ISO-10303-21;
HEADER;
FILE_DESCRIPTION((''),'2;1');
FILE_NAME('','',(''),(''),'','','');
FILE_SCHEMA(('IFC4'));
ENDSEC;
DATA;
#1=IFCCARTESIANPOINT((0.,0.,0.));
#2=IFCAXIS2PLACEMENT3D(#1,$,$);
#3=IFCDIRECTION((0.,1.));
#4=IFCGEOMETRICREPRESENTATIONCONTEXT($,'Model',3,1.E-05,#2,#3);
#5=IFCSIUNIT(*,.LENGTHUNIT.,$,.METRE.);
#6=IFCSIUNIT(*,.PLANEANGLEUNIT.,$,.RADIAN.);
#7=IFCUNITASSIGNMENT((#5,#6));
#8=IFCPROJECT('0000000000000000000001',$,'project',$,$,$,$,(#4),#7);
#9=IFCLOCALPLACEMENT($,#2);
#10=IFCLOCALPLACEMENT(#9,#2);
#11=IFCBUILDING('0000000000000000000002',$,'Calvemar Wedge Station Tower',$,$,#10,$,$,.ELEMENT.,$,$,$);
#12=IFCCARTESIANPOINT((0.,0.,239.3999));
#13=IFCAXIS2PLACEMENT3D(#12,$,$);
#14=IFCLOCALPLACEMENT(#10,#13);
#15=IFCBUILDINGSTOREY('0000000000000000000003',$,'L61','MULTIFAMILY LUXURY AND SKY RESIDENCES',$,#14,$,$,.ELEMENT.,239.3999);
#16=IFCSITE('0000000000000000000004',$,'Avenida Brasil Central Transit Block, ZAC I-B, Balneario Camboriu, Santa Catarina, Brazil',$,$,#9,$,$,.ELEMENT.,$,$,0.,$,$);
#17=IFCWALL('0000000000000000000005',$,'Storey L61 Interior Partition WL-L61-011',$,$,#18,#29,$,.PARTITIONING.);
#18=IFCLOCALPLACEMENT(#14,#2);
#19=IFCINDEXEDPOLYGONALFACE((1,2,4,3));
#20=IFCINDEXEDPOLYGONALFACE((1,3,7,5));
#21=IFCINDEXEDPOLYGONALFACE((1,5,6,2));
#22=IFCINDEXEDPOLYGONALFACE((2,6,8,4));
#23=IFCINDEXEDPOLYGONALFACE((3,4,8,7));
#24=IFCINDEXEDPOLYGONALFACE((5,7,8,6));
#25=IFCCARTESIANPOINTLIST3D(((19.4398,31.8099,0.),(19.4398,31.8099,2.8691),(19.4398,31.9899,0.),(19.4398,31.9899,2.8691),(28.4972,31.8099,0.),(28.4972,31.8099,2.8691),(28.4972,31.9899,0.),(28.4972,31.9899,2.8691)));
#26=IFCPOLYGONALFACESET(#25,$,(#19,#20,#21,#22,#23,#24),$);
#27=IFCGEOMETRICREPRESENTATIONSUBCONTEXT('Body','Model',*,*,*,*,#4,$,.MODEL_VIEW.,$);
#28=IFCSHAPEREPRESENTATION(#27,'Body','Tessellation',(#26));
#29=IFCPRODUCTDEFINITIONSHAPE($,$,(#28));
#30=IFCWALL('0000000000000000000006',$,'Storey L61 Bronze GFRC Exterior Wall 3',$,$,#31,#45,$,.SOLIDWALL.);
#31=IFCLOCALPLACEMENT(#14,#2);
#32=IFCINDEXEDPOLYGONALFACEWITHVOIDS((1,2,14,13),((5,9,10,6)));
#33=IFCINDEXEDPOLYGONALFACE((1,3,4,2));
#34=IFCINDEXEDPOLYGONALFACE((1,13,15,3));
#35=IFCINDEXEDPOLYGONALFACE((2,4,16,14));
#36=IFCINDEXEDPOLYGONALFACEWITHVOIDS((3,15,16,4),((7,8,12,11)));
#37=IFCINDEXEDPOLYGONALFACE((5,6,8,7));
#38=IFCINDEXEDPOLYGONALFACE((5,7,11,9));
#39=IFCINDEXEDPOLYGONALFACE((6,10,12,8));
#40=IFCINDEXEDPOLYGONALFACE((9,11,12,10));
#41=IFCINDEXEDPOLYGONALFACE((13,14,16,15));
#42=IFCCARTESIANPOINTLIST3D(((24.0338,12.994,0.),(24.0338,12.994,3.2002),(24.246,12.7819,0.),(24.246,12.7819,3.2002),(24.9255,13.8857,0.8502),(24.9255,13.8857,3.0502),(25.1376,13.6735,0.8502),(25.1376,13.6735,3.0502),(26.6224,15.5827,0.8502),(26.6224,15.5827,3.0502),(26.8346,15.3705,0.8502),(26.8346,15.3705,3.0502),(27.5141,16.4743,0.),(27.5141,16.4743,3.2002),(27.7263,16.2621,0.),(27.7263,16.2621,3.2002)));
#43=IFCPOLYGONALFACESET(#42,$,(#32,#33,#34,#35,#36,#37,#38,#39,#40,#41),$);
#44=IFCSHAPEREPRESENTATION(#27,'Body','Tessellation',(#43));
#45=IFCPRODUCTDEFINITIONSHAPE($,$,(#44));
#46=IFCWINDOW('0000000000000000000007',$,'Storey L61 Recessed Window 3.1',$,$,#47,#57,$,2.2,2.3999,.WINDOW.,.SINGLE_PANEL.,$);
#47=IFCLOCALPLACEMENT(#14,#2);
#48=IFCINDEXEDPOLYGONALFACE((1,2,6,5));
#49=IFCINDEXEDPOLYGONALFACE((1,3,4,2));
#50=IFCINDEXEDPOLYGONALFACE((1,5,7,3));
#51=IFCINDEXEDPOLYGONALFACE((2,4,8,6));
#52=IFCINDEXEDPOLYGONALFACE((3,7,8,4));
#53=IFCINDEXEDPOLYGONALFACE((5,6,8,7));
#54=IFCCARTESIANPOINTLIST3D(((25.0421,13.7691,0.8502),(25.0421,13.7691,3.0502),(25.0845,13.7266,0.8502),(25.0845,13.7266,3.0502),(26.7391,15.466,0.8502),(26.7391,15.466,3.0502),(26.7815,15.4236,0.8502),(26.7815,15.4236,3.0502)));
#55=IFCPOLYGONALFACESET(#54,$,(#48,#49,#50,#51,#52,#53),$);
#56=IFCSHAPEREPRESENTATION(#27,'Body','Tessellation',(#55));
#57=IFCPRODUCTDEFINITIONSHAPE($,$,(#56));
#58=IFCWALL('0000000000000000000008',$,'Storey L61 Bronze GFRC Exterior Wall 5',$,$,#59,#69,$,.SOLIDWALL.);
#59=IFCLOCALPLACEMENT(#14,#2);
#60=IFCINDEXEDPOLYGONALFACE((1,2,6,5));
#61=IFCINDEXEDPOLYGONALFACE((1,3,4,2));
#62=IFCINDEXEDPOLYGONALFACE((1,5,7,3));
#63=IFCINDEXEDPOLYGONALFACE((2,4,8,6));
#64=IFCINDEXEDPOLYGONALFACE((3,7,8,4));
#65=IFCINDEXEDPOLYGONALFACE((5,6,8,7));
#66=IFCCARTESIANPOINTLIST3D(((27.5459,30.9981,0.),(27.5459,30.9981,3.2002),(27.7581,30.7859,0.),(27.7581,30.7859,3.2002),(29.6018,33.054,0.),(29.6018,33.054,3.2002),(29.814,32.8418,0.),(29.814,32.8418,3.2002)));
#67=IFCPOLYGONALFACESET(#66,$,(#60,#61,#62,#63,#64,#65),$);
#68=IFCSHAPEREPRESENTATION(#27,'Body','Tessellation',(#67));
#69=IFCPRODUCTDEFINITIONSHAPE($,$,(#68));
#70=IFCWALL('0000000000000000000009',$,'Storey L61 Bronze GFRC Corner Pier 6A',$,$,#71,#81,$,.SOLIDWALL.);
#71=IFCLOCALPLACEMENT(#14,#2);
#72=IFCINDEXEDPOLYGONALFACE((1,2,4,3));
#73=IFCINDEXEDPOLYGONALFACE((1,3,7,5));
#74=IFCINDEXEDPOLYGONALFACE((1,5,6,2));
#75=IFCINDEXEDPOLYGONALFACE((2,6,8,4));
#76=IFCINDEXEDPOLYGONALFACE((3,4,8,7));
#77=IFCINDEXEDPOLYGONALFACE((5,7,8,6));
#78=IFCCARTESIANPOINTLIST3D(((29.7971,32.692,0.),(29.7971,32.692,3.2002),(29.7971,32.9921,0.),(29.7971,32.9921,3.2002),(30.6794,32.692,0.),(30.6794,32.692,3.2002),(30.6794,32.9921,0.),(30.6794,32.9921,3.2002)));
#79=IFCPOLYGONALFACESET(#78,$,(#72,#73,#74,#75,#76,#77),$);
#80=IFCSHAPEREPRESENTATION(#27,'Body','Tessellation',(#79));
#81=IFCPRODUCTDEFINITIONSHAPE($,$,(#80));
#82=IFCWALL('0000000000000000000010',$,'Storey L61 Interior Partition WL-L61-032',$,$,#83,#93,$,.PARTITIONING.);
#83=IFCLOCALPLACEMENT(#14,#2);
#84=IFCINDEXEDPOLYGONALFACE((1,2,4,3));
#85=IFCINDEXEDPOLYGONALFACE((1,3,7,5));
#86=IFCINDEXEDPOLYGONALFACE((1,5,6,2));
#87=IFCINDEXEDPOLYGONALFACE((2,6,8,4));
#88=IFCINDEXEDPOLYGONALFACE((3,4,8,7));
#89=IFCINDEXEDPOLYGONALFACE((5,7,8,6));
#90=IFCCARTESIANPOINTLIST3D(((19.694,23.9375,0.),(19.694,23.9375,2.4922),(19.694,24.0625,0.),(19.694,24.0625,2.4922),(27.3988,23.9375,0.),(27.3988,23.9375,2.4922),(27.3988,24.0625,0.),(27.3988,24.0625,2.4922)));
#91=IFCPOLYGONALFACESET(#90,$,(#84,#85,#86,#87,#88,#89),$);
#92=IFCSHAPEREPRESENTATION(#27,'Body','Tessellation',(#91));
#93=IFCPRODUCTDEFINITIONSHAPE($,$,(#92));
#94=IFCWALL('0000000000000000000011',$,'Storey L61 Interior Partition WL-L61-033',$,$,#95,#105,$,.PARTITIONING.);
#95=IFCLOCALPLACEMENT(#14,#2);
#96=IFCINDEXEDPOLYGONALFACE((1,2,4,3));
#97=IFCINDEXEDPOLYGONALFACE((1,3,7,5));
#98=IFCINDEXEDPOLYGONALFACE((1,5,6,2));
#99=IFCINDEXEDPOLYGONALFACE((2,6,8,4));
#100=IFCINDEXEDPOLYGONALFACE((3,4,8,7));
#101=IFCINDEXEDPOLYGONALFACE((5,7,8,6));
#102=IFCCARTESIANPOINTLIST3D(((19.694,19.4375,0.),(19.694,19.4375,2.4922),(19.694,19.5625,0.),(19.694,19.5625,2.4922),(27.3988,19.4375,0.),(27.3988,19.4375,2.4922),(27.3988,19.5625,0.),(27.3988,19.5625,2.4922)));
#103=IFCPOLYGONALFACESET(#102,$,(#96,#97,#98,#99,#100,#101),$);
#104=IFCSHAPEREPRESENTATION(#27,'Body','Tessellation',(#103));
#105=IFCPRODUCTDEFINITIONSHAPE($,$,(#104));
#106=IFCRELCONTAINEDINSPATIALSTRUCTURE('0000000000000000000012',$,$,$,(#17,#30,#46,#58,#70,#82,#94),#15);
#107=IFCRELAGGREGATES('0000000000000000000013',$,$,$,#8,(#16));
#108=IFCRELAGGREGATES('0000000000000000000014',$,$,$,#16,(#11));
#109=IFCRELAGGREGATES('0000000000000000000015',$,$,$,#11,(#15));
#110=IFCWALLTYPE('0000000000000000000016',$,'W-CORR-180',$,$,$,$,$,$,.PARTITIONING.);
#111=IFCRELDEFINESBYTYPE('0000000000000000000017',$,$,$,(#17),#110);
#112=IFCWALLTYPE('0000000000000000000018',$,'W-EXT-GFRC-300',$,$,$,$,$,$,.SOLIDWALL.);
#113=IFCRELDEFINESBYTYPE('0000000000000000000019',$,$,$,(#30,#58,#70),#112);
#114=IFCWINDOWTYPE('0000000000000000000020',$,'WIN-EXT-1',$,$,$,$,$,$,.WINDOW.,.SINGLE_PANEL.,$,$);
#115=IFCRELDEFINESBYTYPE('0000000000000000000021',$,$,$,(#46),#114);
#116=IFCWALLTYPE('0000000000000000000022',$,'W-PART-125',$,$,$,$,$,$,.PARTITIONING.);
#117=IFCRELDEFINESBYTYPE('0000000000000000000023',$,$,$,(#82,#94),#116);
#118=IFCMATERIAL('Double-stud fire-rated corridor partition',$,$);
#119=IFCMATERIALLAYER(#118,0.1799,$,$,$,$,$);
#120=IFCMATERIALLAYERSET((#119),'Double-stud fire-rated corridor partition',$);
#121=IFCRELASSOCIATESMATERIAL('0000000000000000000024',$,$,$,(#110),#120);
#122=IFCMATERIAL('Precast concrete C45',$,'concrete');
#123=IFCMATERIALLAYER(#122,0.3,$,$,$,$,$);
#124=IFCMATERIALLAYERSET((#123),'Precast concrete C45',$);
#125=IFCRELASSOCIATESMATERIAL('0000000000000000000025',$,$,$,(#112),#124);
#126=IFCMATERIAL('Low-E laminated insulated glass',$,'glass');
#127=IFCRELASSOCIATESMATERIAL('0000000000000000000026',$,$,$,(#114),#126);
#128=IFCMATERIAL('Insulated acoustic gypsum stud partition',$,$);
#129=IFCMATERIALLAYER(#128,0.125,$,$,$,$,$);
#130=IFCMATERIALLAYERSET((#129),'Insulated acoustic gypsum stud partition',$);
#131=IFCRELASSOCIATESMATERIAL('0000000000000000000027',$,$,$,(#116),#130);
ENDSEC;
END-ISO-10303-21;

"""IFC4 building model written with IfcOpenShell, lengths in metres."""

from ifc_helpers import new_model, si_unit, direction, frame, frame_2d, origin, place, context, subcontext, project, spatial, rectangle, extrude, source, transform, mapped, material, layer, layer_set, type_object, element, fill, save


model = new_model("IFC4")

# Units and contexts
model_context = context("Model", 3, precision=1e-05, world=origin(), true_north=direction((0.0, 1.0)))
body_context = subcontext(model_context, "Body", "Model", "MODEL_VIEW")
ifc_project = project(units=[si_unit("LENGTHUNIT", "METRE"), si_unit("PLANEANGLEUNIT", "RADIAN")], contexts=[model_context])

# Site, building, storey
site_placement = place(None, origin())
site = spatial("IfcSite", under=ifc_project, at=site_placement, Name="Avenida Brasil Central Transit Block, ZAC I-B, Balneario Camboriu, Santa Catarina, Brazil", CompositionType="ELEMENT", RefElevation=0.0)
building_placement = place(site_placement, origin())
building = spatial("IfcBuilding", under=site, at=building_placement, Name="Calvemar Wedge Station Tower", CompositionType="ELEMENT")
storey_placement = place(building_placement, frame((0.0, 0.0, 239.3999)))
storey = spatial("IfcBuildingStorey", under=building, at=storey_placement, Name="L61", Description="MULTIFAMILY LUXURY AND SKY RESIDENCES", CompositionType="ELEMENT", Elevation=239.3999)

# Wall
ifc_material_1 = material(Name="Double-stud fire-rated corridor partition")
ifc_layer_1 = layer(ifc_material_1, 0.1799)
ifc_layer_set_1 = layer_set([ifc_layer_1], Name="Double-stud fire-rated corridor partition")
wall_type_1 = type_object("IfcWallType", Name="W-CORR-180", PredefinedType="PARTITIONING", material=ifc_layer_set_1)
wall_1_placement = place(storey_placement, frame((28.4973, 31.8999, 0.0), z_axis=(0.0, 0.0, 1.0), x_axis=(-1.0, 0.0, 0.0)))
element("IfcWall", 1, at=wall_1_placement, inside=storey, type_object=wall_type_1, Name="Storey L61 Interior Partition WL-L61-011", PredefinedType="PARTITIONING", context=body_context, shape_type="SweptSolid", body=[
    extrude(rectangle(XDim=9.0574, YDim=0.1799, at=frame_2d((4.5288, 0.0))), origin(), (0.0, 0.0, 1.0), 2.8691),
])

# Wall, opening, window
ifc_material_2 = material(Name="Precast concrete C45", Category="concrete")
ifc_layer_2 = layer(ifc_material_2, 0.3)
ifc_layer_set_2 = layer_set([ifc_layer_2], Name="Precast concrete C45")
wall_type_2 = type_object("IfcWallType", Name="W-EXT-GFRC-300", PredefinedType="SOLIDWALL", material=ifc_layer_set_2)
wall_2_placement = place(storey_placement, frame((24.1399, 12.8879, 0.0), z_axis=(0.0, 0.0, 1.0), x_axis=(0.707107, 0.707107, 0.0)))
wall_2 = element("IfcWall", 2, at=wall_2_placement, inside=storey, type_object=wall_type_2, Name="Storey L61 Bronze GFRC Exterior Wall 3", PredefinedType="SOLIDWALL", context=body_context, shape_type="SweptSolid", body=[
    extrude(rectangle(XDim=4.9219, YDim=0.3, at=frame_2d((2.4609, 0.0))), origin(), (0.0, 0.0, 1.0), 3.2002),
])
shared_shape_1 = source(origin(), body_context, "Body", "SweptSolid", [
    extrude(rectangle(XDim=2.3999, YDim=2.2, at=frame_2d((1.2, 1.1001))), frame((0.0, 0.1602, 0.0), z_axis=(0.0, -1.0, 0.0), x_axis=(1.0, 0.0, 0.0)), (0.0, 0.0, 1.0), 0.3201),
])
opening_1_placement = place(wall_2_placement, frame((1.261, 0.0, 0.8501)))
opening_1 = element("IfcOpeningElement", 3, at=opening_1_placement, cuts=wall_2, PredefinedType="OPENING", context=body_context, shape_type="MappedRepresentation", body=[
    mapped(shared_shape_1, transform((0.0, 0.0, 0.0), scale=1.0)),
])
ifc_material_3 = material(Name="Low-E laminated insulated glass", Category="glass")
window_type_1 = type_object("IfcWindowType", Name="WIN-EXT-1", PartitioningType="SINGLE_PANEL", PredefinedType="WINDOW", material=ifc_material_3)
shared_shape_2 = source(origin(), body_context, "Body", "SweptSolid", [
    extrude(rectangle(XDim=2.3999, YDim=2.2, at=frame_2d((1.2, 1.1001))), frame((0.0, -0.0149, 0.0), z_axis=(0.0, -1.0, 0.0), x_axis=(1.0, 0.0, 0.0)), (0.0, 0.0, 1.0), 0.0601),
])
window_1_placement = place(opening_1_placement, origin())
window_1 = element("IfcWindow", 4, at=window_1_placement, inside=storey, type_object=window_type_1, Name="Storey L61 Recessed Window 3.1", OverallHeight=2.2, OverallWidth=2.3999, PartitioningType="SINGLE_PANEL", PredefinedType="WINDOW", context=body_context, shape_type="MappedRepresentation", body=[
    mapped(shared_shape_2, transform((0.0, 0.0, 0.0), scale=1.0)),
])
fill(opening_1, window_1)

# Walls
wall_3_placement = place(storey_placement, frame((27.6521, 30.8921, 0.0), z_axis=(0.0, 0.0, 1.0), x_axis=(0.707107, 0.707107, 0.0)))
element("IfcWall", 5, at=wall_3_placement, inside=storey, type_object=wall_type_2, Name="Storey L61 Bronze GFRC Exterior Wall 5", PredefinedType="SOLIDWALL", context=body_context, shape_type="SweptSolid", body=[
    extrude(rectangle(XDim=2.9075, YDim=0.3, at=frame_2d((1.4536, 0.0))), origin(), (0.0, 0.0, 1.0), 3.2002),
])
wall_4_placement = place(storey_placement, frame((29.7971, 32.842, 0.0), z_axis=(0.0, 0.0, 1.0), x_axis=(1.0, 0.0, 0.0)))
element("IfcWall", 6, at=wall_4_placement, inside=storey, type_object=wall_type_2, Name="Storey L61 Bronze GFRC Corner Pier 6A", PredefinedType="SOLIDWALL", context=body_context, shape_type="SweptSolid", body=[
    extrude(rectangle(XDim=0.8823, YDim=0.3, at=frame_2d((0.4412, 0.0))), origin(), (0.0, 0.0, 1.0), 3.2002),
])
ifc_material_4 = material(Name="Insulated acoustic gypsum stud partition")
ifc_layer_3 = layer(ifc_material_4, 0.125)
ifc_layer_set_3 = layer_set([ifc_layer_3], Name="Insulated acoustic gypsum stud partition")
wall_type_3 = type_object("IfcWallType", Name="W-PART-125", PredefinedType="PARTITIONING", material=ifc_layer_set_3)
for number, where, z_axis, x_axis, name in (
    (7, (27.3989, 24.0, 0.0), (0.0, 0.0, 1.0), (-1.0, 0.0, 0.0), "Storey L61 Interior Partition WL-L61-032"),
    (8, (27.3989, 19.5, 0.0), (0.0, 0.0, 1.0), (-1.0, 0.0, 0.0), "Storey L61 Interior Partition WL-L61-033"),
):
    element("IfcWall", number, at=place(storey_placement, frame(where, z_axis=z_axis, x_axis=x_axis)), inside=storey, type_object=wall_type_3, Name=name, PredefinedType="PARTITIONING", context=body_context, shape_type="SweptSolid", body=[
        extrude(rectangle(XDim=7.7048, YDim=0.125, at=frame_2d((3.8525, 0.0))), origin(), (0.0, 0.0, 1.0), 2.4922),
    ])

save(model, "model.ifc")
